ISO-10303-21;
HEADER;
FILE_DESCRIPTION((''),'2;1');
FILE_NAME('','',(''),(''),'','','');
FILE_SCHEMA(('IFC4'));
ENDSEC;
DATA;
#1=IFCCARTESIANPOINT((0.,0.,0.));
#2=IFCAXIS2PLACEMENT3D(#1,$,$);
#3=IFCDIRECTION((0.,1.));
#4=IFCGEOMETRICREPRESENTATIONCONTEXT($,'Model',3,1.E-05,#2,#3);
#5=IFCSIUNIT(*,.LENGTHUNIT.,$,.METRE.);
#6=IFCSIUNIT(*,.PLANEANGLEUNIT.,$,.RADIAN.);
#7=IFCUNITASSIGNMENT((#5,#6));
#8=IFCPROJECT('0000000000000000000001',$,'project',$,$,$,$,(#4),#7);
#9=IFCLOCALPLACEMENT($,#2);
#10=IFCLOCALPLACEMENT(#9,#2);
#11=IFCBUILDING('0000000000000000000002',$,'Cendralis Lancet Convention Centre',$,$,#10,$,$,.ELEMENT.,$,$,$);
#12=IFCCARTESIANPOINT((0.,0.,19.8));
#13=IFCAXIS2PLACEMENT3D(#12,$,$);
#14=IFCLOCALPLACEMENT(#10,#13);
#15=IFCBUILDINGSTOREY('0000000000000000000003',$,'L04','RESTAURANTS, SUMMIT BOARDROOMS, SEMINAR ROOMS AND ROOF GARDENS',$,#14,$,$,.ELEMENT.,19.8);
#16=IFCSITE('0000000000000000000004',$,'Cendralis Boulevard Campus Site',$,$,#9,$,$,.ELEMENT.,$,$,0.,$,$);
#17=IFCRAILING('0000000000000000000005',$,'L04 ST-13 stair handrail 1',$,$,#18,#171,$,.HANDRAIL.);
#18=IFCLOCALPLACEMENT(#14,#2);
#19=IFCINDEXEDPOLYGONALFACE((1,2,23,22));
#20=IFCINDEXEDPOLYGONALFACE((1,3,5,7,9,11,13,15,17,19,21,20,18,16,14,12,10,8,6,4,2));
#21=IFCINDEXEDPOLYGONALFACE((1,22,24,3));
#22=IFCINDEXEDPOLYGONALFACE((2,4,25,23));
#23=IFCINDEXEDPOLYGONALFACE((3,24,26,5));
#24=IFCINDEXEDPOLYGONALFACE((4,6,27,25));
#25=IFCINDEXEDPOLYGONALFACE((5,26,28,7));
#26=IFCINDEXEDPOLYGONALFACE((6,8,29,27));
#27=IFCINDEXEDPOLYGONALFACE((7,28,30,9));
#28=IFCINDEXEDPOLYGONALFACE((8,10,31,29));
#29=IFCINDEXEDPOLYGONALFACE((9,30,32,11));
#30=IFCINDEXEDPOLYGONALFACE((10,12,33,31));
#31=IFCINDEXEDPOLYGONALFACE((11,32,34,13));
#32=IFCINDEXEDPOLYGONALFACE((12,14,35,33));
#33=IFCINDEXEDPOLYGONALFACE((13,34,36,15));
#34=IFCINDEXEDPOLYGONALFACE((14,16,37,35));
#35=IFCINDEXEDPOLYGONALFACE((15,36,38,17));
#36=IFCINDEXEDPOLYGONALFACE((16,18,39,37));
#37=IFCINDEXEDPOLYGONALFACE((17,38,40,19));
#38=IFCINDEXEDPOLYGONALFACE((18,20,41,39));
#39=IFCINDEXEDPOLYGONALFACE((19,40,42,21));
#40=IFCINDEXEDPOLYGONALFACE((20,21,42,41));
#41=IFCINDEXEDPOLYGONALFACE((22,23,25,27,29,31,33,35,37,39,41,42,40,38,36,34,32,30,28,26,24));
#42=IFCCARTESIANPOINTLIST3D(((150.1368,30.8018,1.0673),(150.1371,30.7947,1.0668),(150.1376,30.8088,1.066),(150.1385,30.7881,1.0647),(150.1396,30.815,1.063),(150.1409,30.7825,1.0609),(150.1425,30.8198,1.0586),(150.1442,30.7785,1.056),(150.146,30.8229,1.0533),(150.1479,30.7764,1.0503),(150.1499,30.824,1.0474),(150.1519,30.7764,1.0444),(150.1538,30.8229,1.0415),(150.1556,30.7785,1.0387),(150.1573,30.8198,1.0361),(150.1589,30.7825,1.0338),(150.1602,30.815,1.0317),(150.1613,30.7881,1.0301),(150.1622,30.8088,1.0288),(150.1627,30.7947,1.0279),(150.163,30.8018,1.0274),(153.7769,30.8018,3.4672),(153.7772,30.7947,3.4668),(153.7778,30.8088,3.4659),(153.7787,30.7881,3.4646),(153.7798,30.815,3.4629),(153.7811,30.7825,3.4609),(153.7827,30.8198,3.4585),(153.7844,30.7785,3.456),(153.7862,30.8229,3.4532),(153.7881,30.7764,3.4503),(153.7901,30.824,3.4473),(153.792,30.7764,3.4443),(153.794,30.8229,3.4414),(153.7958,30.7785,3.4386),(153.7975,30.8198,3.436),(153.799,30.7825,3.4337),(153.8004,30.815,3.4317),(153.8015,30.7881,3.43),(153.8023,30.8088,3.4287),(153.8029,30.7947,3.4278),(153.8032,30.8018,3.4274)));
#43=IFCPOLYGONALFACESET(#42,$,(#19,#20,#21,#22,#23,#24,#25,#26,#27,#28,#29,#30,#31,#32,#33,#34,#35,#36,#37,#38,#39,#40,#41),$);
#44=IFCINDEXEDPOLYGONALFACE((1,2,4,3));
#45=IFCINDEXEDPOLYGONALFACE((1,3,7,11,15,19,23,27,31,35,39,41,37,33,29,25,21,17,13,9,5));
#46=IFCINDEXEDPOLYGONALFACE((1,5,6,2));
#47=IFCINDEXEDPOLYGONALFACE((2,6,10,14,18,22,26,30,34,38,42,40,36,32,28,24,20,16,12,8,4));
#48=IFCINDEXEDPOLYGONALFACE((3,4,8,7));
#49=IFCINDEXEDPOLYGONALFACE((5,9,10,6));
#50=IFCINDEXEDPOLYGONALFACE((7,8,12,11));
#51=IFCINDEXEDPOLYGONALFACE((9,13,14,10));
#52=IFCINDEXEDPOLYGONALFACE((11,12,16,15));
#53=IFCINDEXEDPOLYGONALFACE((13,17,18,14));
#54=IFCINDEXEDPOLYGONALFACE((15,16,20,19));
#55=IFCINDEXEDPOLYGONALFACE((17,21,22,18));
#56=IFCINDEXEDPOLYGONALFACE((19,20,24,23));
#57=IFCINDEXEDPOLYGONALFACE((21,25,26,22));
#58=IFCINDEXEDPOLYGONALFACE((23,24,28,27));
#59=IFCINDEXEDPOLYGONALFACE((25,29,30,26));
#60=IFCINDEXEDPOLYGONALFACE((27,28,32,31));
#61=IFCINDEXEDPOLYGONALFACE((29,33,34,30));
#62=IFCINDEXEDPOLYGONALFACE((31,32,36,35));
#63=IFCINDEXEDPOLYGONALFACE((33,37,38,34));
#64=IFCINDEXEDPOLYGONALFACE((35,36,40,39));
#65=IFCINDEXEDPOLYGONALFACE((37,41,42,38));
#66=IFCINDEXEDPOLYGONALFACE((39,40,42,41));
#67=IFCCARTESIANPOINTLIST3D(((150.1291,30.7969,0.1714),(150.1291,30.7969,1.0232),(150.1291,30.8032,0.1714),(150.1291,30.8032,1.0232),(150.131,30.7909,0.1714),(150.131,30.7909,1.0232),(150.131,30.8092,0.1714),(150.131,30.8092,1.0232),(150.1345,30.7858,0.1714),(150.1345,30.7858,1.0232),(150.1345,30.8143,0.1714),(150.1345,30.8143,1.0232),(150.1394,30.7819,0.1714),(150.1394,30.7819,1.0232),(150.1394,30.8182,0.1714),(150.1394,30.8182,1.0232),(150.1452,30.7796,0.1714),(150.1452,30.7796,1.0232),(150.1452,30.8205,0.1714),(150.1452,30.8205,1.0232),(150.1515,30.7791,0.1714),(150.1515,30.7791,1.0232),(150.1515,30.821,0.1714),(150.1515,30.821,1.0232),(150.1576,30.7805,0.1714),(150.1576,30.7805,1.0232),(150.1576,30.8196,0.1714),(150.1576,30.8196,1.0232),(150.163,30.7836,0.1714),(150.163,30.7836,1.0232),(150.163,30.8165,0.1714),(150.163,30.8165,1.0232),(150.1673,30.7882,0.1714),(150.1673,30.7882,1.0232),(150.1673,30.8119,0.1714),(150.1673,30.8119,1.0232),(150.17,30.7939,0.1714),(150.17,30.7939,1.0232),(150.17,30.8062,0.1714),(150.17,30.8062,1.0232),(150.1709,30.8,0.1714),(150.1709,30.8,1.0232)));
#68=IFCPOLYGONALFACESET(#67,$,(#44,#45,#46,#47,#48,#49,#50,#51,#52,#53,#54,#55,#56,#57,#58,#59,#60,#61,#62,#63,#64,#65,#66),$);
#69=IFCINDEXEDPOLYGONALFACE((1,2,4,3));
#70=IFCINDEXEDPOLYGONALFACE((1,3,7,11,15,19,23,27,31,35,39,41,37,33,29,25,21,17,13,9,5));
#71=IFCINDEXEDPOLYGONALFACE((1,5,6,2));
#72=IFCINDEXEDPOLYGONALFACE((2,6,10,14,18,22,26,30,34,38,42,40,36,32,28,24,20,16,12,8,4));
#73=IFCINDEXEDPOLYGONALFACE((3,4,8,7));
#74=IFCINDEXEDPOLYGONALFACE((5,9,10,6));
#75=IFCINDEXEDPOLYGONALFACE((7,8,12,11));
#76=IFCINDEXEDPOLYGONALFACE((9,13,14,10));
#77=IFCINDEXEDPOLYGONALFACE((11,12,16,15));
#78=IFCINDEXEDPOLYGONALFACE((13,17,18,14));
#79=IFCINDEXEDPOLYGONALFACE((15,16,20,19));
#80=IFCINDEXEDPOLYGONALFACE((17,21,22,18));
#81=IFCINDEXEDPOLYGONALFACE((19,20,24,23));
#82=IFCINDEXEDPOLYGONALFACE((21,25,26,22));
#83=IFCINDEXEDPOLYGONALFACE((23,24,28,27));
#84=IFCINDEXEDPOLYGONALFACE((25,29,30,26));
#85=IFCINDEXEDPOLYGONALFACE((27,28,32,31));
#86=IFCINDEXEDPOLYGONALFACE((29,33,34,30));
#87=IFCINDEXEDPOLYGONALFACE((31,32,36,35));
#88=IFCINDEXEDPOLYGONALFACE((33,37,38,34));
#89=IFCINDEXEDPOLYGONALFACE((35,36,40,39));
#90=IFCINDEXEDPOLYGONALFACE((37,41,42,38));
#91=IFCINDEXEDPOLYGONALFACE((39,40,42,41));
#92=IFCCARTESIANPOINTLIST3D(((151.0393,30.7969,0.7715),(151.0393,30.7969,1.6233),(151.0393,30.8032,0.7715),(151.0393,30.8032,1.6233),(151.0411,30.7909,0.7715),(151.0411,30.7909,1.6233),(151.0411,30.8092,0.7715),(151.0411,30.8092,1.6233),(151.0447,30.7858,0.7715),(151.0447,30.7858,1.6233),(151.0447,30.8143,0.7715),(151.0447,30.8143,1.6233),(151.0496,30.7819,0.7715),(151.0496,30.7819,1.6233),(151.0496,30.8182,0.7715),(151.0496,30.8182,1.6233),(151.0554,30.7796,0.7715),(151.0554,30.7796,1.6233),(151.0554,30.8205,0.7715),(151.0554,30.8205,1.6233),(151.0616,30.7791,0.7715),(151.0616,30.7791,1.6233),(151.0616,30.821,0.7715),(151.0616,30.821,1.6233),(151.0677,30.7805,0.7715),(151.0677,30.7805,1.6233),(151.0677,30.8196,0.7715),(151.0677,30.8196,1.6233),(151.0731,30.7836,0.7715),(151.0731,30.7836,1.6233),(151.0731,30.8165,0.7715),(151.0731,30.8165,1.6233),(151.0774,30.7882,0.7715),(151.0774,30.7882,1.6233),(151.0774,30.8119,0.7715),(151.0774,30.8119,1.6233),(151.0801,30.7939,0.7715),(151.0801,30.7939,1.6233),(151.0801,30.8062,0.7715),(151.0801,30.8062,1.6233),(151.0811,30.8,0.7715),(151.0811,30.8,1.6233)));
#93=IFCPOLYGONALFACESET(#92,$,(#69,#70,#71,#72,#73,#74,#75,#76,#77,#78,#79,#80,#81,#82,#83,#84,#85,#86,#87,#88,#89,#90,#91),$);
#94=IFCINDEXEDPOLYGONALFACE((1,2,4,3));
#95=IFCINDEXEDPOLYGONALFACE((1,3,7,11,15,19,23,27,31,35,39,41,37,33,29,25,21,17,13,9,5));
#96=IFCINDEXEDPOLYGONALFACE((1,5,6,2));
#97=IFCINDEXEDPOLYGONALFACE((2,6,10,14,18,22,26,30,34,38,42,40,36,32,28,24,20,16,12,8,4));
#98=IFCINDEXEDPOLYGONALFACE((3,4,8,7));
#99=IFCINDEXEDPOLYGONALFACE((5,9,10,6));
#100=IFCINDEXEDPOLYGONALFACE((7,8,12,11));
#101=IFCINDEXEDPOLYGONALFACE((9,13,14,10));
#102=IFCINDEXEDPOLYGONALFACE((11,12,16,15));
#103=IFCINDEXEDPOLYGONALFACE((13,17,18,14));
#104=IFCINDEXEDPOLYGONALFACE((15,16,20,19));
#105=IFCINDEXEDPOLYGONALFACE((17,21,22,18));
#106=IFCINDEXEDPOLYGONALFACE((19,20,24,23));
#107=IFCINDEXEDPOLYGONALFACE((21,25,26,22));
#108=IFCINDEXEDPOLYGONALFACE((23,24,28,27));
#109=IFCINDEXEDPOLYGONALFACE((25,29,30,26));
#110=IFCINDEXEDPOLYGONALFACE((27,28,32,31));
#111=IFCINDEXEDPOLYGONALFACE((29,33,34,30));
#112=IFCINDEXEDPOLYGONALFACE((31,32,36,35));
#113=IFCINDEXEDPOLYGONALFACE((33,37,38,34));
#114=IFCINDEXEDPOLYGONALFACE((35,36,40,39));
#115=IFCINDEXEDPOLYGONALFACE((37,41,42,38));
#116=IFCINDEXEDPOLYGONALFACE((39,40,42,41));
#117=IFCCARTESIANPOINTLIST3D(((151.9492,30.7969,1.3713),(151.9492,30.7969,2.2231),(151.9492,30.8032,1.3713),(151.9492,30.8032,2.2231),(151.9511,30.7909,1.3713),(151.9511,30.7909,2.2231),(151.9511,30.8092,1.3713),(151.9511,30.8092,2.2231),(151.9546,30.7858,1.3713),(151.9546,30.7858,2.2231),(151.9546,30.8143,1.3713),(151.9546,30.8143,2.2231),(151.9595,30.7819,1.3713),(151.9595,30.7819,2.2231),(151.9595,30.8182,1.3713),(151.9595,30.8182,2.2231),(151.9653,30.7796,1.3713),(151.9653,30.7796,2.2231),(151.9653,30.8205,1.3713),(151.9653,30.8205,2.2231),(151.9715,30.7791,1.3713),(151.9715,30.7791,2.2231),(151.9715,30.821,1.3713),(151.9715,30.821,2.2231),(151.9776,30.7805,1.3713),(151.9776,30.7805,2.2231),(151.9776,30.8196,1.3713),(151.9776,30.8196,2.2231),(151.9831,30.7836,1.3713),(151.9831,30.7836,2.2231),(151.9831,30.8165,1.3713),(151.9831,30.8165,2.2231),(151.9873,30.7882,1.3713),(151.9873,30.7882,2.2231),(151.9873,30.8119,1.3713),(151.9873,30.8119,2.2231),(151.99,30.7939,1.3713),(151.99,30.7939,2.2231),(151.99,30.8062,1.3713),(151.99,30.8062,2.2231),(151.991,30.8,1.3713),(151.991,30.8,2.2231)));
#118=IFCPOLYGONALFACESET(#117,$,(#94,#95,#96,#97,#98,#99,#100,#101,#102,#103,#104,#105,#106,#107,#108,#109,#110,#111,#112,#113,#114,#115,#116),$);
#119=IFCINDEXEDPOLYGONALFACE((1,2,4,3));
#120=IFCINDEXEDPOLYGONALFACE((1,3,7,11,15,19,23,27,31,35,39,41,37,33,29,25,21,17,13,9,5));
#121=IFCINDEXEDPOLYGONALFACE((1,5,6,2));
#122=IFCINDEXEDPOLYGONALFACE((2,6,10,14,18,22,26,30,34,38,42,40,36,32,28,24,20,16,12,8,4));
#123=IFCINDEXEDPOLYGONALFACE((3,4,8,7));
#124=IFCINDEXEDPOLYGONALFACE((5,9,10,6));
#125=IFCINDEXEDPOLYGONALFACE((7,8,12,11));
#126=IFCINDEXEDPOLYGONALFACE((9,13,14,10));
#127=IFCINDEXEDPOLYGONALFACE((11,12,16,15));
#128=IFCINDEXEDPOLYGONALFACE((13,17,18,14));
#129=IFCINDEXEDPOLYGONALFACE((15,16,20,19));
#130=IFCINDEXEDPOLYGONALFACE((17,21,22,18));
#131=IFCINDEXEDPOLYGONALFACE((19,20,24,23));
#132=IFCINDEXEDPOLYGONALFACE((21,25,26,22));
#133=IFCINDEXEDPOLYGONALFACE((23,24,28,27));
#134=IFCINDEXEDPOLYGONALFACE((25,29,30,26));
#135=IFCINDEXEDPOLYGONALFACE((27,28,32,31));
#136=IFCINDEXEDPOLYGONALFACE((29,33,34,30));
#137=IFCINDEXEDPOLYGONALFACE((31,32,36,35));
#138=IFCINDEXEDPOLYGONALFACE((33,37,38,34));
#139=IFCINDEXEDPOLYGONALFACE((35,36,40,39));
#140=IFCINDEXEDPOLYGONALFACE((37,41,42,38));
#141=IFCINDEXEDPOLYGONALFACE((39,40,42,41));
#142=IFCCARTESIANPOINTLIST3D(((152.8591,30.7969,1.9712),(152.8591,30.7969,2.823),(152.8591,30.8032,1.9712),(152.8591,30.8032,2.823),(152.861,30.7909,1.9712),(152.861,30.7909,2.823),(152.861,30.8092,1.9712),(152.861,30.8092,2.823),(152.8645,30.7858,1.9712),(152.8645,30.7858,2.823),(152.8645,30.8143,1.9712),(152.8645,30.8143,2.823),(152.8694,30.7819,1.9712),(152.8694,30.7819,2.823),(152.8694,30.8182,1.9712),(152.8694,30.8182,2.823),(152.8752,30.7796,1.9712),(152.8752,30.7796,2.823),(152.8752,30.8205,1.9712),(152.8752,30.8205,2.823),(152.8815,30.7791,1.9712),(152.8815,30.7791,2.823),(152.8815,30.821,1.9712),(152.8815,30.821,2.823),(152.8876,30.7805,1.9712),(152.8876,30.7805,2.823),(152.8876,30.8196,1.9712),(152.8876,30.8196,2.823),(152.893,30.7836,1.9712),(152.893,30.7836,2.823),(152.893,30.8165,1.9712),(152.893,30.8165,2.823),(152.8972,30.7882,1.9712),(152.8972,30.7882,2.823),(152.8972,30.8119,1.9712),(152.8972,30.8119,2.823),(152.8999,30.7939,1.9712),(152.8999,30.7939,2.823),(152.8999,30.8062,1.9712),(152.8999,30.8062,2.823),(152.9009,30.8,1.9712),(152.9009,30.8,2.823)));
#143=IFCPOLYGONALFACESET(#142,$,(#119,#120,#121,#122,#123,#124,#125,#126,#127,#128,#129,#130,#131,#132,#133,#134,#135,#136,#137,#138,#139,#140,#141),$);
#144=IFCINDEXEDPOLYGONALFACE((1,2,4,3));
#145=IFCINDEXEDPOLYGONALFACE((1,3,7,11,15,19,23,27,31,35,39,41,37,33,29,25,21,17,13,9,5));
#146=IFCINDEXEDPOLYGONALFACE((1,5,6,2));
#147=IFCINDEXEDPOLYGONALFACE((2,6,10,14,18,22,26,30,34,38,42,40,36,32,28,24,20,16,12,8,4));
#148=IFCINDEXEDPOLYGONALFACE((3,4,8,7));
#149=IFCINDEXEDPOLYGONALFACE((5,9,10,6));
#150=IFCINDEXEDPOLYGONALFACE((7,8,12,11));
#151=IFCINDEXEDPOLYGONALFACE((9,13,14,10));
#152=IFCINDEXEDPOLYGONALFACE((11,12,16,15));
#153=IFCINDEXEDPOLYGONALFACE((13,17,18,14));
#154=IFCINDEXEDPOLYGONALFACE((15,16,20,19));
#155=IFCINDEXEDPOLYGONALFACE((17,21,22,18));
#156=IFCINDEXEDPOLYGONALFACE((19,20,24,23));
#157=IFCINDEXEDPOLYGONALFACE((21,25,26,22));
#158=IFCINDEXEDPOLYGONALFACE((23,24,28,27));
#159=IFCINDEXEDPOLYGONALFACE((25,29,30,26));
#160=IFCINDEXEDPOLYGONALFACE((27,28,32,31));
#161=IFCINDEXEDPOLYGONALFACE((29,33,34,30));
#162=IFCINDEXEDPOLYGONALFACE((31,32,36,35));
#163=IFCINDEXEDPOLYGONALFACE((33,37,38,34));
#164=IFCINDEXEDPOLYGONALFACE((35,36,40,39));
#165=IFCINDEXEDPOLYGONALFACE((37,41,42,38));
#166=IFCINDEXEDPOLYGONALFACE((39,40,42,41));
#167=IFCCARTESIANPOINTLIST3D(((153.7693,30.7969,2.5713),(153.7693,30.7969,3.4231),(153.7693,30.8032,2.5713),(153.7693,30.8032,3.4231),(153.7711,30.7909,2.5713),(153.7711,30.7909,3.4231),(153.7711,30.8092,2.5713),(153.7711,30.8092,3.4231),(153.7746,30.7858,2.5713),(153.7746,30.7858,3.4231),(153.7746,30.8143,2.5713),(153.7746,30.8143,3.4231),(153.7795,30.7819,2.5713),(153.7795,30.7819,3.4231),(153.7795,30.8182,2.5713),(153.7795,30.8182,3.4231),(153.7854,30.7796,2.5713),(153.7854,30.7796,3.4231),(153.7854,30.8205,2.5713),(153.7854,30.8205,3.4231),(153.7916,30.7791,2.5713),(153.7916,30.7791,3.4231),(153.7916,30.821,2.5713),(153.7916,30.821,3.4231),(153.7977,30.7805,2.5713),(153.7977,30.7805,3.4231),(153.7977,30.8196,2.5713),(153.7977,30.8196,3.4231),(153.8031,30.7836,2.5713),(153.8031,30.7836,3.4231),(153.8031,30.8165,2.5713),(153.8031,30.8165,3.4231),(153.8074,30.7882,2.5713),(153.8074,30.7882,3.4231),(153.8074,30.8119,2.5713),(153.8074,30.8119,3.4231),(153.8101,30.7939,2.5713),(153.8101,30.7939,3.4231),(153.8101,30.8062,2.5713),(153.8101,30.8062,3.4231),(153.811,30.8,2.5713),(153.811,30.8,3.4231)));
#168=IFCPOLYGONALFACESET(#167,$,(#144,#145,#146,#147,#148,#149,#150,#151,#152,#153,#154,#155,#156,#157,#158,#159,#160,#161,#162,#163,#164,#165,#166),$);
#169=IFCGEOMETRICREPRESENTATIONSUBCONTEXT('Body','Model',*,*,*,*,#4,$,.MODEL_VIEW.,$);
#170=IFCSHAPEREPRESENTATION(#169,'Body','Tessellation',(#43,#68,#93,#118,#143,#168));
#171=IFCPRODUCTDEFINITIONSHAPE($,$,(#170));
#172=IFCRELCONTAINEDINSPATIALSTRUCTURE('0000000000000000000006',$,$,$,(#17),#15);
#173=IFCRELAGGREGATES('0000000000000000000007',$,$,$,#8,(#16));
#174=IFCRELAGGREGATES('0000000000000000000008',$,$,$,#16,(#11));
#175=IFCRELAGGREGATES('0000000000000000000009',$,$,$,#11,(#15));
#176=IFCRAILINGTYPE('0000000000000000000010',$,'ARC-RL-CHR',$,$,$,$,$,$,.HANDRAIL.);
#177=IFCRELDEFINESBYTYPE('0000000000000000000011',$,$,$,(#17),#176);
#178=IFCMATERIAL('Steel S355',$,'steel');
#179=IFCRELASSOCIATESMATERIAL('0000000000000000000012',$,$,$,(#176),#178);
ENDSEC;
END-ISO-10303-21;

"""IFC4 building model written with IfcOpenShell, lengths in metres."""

from ifc_helpers import new_model, si_unit, direction, frame, origin, origin_2d, place, context, subcontext, project, spatial, circle, extrude, material, type_object, element, save


model = new_model("IFC4")

# Units and contexts
model_context = context("Model", 3, precision=1e-05, world=origin(), true_north=direction((0.0, 1.0)))
body_context = subcontext(model_context, "Body", "Model", "MODEL_VIEW")
ifc_project = project(units=[si_unit("LENGTHUNIT", "METRE"), si_unit("PLANEANGLEUNIT", "RADIAN")], contexts=[model_context])

# Site, building, storey
site_placement = place(None, origin())
site = spatial("IfcSite", under=ifc_project, at=site_placement, Name="Cendralis Boulevard Campus Site", CompositionType="ELEMENT", RefElevation=0.0)
building_placement = place(site_placement, origin())
building = spatial("IfcBuilding", under=site, at=building_placement, Name="Cendralis Lancet Convention Centre", CompositionType="ELEMENT")
storey_placement = place(building_placement, frame((0.0, 0.0, 19.8)))
storey = spatial("IfcBuildingStorey", under=building, at=storey_placement, Name="L04", Description="RESTAURANTS, SUMMIT BOARDROOMS, SEMINAR ROOMS AND ROOF GARDENS", CompositionType="ELEMENT", Elevation=19.8)

# Shared definitions
ifc_material_1 = material(Name="Steel S355", Category="steel")

# Railing
railing_type_1 = type_object("IfcRailingType", Name="ARC-RL-CHR", PredefinedType="HANDRAIL", material=ifc_material_1)
railing_1_placement = place(storey_placement, frame((150.1499, 30.8, 0.1714)))
element("IfcRailing", 1, at=railing_1_placement, inside=storey, type_object=railing_type_1, Name="L04 ST-13 stair handrail 1", PredefinedType="HANDRAIL", context=body_context, shape_type="SweptSolid", body=[
    extrude(circle(Radius=0.0239, at=origin_2d()), frame((0.0, 0.0, 0.876), z_axis=(0.834882, 0.0, 0.550429), x_axis=(0.0, 1.0, 0.0)), (0.0, 0.0, 1.0), 4.3601),
    extrude(circle(Radius=0.021, at=origin_2d()), origin(), (0.0, 0.0, 1.0), 0.8518),
    extrude(circle(Radius=0.021, at=origin_2d()), frame((0.9102, 0.0, 0.6001)), (0.0, 0.0, 1.0), 0.8518),
    extrude(circle(Radius=0.021, at=origin_2d()), frame((1.8201, 0.0, 1.2)), (0.0, 0.0, 1.0), 0.8518),
    extrude(circle(Radius=0.021, at=origin_2d()), frame((2.73, 0.0, 1.7998)), (0.0, 0.0, 1.0), 0.8518),
    extrude(circle(Radius=0.021, at=origin_2d()), frame((3.6401, 0.0, 2.3999)), (0.0, 0.0, 1.0), 0.8518),
])

save(model, "model.ifc")
